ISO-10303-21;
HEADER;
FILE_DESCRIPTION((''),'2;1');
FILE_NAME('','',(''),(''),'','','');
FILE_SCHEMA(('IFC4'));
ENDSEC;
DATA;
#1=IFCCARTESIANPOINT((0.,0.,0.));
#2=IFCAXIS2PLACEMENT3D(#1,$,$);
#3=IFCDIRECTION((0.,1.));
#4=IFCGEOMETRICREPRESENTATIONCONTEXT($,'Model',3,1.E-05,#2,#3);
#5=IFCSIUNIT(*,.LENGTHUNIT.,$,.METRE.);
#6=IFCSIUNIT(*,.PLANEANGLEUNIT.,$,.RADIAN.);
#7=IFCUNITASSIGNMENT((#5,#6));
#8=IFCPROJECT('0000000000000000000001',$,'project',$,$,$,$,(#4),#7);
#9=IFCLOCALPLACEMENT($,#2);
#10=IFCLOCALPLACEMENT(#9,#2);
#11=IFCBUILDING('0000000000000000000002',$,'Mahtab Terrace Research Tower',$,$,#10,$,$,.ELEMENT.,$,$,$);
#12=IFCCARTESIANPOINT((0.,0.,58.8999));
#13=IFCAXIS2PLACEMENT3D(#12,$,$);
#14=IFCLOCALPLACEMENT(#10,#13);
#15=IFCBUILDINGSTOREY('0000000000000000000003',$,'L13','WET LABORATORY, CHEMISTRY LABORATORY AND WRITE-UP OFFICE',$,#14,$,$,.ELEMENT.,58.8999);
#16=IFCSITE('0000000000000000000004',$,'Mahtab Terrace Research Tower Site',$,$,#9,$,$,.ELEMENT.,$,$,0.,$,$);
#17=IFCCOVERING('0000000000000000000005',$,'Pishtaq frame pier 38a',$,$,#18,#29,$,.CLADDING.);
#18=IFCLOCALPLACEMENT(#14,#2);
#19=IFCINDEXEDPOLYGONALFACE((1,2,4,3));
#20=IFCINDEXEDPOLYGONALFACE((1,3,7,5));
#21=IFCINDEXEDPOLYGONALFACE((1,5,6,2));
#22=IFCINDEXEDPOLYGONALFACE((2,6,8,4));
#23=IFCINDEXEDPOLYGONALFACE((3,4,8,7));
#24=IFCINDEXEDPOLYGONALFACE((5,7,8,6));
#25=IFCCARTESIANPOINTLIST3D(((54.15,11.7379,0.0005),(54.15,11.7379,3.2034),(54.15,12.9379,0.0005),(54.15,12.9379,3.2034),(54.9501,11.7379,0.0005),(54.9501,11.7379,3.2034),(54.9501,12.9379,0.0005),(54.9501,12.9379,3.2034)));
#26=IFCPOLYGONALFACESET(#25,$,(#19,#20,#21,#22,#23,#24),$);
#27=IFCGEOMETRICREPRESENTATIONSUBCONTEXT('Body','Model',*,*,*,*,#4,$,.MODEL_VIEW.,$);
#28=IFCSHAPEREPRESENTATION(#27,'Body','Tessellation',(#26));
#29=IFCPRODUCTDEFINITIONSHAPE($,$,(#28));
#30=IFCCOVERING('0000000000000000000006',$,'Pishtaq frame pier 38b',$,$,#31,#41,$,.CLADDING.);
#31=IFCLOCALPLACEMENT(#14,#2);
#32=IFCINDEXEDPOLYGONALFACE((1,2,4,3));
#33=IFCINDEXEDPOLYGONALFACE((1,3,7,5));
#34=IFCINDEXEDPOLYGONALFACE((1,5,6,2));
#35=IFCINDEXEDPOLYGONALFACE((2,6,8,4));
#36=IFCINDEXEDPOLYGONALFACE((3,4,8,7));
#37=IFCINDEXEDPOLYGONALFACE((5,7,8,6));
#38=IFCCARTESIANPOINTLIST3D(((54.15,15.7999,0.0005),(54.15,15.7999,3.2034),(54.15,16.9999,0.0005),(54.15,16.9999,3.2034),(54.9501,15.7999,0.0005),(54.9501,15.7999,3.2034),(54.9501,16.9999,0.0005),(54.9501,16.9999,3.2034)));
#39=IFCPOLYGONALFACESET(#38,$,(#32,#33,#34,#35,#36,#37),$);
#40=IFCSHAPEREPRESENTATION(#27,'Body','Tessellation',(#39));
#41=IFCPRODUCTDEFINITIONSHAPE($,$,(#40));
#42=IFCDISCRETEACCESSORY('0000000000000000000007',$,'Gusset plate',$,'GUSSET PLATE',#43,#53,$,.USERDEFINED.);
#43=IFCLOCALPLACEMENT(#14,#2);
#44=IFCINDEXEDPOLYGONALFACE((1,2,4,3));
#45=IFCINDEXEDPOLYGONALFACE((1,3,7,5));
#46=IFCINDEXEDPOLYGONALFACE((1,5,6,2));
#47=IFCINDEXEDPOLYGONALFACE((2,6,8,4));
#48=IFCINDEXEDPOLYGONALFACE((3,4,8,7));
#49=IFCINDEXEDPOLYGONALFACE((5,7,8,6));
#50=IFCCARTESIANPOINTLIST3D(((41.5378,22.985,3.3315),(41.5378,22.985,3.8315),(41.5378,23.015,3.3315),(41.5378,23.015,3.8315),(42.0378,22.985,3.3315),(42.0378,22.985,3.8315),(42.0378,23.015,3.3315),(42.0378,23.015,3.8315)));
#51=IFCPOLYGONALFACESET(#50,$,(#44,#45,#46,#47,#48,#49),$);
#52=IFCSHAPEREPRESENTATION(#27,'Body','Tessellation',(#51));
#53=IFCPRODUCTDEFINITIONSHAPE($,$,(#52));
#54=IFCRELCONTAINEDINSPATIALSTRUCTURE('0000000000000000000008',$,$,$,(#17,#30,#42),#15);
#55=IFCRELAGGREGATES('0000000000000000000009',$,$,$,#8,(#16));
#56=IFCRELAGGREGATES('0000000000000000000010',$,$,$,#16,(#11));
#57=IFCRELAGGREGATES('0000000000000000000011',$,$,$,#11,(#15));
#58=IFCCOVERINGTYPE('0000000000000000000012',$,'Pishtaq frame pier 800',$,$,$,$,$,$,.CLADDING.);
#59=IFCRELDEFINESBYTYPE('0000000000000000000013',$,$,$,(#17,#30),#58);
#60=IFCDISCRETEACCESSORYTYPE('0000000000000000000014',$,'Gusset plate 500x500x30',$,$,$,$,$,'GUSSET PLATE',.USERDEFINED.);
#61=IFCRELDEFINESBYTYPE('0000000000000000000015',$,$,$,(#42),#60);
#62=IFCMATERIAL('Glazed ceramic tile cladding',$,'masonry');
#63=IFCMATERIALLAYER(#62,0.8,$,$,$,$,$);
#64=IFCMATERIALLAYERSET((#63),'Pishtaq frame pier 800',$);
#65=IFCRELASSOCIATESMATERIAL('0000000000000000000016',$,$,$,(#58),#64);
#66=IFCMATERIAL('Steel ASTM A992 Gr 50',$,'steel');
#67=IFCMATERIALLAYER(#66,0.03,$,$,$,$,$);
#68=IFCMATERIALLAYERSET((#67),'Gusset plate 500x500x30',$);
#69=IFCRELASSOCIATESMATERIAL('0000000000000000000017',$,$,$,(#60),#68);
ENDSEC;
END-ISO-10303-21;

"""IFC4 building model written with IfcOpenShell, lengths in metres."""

from ifc_helpers import new_model, si_unit, direction, frame, origin, origin_2d, place, context, subcontext, project, spatial, rectangle, extrude, material, layer, layer_set, type_object, element, save


model = new_model("IFC4")

# Units and contexts
model_context = context("Model", 3, precision=1e-05, world=origin(), true_north=direction((0.0, 1.0)))
body_context = subcontext(model_context, "Body", "Model", "MODEL_VIEW")
ifc_project = project(units=[si_unit("LENGTHUNIT", "METRE"), si_unit("PLANEANGLEUNIT", "RADIAN")], contexts=[model_context])

# Site, building, storey
site_placement = place(None, origin())
site = spatial("IfcSite", under=ifc_project, at=site_placement, Name="Mahtab Terrace Research Tower Site", CompositionType="ELEMENT", RefElevation=0.0)
building_placement = place(site_placement, origin())
building = spatial("IfcBuilding", under=site, at=building_placement, Name="Mahtab Terrace Research Tower", CompositionType="ELEMENT")
storey_placement = place(building_placement, frame((0.0, 0.0, 58.8999)))
storey = spatial("IfcBuildingStorey", under=building, at=storey_placement, Name="L13", Description="WET LABORATORY, CHEMISTRY LABORATORY AND WRITE-UP OFFICE", CompositionType="ELEMENT", Elevation=58.8999)

# Shared definitions
ifc_material_1 = material(Name="Steel ASTM A992 Gr 50", Category="steel")

# Coverings
ifc_material_2 = material(Name="Glazed ceramic tile cladding", Category="masonry")
ifc_layer_1 = layer(ifc_material_2, 0.8)
ifc_layer_set_1 = layer_set([ifc_layer_1], Name="Pishtaq frame pier 800")
covering_type_1 = type_object("IfcCoveringType", Name="Pishtaq frame pier 800", PredefinedType="CLADDING", material=ifc_layer_set_1)
for number, where, z_axis, x_axis, name in (
    (1, (54.55, 12.3379, 0.0005), (0.0, 0.0, 1.0), (0.0, 1.0, 0.0), "Pishtaq frame pier 38a"),
    (2, (54.55, 16.3999, 0.0005), (0.0, 0.0, 1.0), (0.0, 1.0, 0.0), "Pishtaq frame pier 38b"),
):
    element("IfcCovering", number, at=place(storey_placement, frame(where, z_axis=z_axis, x_axis=x_axis)), inside=storey, type_object=covering_type_1, Name=name, PredefinedType="CLADDING", context=body_context, shape_type="SweptSolid", body=[
        extrude(rectangle(XDim=1.2, YDim=0.8, at=origin_2d()), origin(), (0.0, 0.0, 1.0), 3.2029),
    ])

# Discrete accessory
ifc_layer_2 = layer(ifc_material_1, 0.03)
ifc_layer_set_2 = layer_set([ifc_layer_2], Name="Gusset plate 500x500x30")
discrete_accessory_type = type_object("IfcDiscreteAccessoryType", Name="Gusset plate 500x500x30", ElementType="GUSSET PLATE", PredefinedType="USERDEFINED", material=ifc_layer_set_2)
discrete_accessory_placement = place(storey_placement, frame((41.7878, 23.0, 3.3315), z_axis=(0.0, 0.0, 1.0), x_axis=(1.0, 0.0, 0.0)))
element("IfcDiscreteAccessory", 3, at=discrete_accessory_placement, inside=storey, type_object=discrete_accessory_type, Name="Gusset plate", ObjectType="GUSSET PLATE", PredefinedType="USERDEFINED", context=body_context, shape_type="SweptSolid", body=[
    extrude(rectangle(XDim=0.5, YDim=0.03, at=origin_2d()), origin(), (0.0, 0.0, 1.0), 0.5),
])

save(model, "model.ifc")
